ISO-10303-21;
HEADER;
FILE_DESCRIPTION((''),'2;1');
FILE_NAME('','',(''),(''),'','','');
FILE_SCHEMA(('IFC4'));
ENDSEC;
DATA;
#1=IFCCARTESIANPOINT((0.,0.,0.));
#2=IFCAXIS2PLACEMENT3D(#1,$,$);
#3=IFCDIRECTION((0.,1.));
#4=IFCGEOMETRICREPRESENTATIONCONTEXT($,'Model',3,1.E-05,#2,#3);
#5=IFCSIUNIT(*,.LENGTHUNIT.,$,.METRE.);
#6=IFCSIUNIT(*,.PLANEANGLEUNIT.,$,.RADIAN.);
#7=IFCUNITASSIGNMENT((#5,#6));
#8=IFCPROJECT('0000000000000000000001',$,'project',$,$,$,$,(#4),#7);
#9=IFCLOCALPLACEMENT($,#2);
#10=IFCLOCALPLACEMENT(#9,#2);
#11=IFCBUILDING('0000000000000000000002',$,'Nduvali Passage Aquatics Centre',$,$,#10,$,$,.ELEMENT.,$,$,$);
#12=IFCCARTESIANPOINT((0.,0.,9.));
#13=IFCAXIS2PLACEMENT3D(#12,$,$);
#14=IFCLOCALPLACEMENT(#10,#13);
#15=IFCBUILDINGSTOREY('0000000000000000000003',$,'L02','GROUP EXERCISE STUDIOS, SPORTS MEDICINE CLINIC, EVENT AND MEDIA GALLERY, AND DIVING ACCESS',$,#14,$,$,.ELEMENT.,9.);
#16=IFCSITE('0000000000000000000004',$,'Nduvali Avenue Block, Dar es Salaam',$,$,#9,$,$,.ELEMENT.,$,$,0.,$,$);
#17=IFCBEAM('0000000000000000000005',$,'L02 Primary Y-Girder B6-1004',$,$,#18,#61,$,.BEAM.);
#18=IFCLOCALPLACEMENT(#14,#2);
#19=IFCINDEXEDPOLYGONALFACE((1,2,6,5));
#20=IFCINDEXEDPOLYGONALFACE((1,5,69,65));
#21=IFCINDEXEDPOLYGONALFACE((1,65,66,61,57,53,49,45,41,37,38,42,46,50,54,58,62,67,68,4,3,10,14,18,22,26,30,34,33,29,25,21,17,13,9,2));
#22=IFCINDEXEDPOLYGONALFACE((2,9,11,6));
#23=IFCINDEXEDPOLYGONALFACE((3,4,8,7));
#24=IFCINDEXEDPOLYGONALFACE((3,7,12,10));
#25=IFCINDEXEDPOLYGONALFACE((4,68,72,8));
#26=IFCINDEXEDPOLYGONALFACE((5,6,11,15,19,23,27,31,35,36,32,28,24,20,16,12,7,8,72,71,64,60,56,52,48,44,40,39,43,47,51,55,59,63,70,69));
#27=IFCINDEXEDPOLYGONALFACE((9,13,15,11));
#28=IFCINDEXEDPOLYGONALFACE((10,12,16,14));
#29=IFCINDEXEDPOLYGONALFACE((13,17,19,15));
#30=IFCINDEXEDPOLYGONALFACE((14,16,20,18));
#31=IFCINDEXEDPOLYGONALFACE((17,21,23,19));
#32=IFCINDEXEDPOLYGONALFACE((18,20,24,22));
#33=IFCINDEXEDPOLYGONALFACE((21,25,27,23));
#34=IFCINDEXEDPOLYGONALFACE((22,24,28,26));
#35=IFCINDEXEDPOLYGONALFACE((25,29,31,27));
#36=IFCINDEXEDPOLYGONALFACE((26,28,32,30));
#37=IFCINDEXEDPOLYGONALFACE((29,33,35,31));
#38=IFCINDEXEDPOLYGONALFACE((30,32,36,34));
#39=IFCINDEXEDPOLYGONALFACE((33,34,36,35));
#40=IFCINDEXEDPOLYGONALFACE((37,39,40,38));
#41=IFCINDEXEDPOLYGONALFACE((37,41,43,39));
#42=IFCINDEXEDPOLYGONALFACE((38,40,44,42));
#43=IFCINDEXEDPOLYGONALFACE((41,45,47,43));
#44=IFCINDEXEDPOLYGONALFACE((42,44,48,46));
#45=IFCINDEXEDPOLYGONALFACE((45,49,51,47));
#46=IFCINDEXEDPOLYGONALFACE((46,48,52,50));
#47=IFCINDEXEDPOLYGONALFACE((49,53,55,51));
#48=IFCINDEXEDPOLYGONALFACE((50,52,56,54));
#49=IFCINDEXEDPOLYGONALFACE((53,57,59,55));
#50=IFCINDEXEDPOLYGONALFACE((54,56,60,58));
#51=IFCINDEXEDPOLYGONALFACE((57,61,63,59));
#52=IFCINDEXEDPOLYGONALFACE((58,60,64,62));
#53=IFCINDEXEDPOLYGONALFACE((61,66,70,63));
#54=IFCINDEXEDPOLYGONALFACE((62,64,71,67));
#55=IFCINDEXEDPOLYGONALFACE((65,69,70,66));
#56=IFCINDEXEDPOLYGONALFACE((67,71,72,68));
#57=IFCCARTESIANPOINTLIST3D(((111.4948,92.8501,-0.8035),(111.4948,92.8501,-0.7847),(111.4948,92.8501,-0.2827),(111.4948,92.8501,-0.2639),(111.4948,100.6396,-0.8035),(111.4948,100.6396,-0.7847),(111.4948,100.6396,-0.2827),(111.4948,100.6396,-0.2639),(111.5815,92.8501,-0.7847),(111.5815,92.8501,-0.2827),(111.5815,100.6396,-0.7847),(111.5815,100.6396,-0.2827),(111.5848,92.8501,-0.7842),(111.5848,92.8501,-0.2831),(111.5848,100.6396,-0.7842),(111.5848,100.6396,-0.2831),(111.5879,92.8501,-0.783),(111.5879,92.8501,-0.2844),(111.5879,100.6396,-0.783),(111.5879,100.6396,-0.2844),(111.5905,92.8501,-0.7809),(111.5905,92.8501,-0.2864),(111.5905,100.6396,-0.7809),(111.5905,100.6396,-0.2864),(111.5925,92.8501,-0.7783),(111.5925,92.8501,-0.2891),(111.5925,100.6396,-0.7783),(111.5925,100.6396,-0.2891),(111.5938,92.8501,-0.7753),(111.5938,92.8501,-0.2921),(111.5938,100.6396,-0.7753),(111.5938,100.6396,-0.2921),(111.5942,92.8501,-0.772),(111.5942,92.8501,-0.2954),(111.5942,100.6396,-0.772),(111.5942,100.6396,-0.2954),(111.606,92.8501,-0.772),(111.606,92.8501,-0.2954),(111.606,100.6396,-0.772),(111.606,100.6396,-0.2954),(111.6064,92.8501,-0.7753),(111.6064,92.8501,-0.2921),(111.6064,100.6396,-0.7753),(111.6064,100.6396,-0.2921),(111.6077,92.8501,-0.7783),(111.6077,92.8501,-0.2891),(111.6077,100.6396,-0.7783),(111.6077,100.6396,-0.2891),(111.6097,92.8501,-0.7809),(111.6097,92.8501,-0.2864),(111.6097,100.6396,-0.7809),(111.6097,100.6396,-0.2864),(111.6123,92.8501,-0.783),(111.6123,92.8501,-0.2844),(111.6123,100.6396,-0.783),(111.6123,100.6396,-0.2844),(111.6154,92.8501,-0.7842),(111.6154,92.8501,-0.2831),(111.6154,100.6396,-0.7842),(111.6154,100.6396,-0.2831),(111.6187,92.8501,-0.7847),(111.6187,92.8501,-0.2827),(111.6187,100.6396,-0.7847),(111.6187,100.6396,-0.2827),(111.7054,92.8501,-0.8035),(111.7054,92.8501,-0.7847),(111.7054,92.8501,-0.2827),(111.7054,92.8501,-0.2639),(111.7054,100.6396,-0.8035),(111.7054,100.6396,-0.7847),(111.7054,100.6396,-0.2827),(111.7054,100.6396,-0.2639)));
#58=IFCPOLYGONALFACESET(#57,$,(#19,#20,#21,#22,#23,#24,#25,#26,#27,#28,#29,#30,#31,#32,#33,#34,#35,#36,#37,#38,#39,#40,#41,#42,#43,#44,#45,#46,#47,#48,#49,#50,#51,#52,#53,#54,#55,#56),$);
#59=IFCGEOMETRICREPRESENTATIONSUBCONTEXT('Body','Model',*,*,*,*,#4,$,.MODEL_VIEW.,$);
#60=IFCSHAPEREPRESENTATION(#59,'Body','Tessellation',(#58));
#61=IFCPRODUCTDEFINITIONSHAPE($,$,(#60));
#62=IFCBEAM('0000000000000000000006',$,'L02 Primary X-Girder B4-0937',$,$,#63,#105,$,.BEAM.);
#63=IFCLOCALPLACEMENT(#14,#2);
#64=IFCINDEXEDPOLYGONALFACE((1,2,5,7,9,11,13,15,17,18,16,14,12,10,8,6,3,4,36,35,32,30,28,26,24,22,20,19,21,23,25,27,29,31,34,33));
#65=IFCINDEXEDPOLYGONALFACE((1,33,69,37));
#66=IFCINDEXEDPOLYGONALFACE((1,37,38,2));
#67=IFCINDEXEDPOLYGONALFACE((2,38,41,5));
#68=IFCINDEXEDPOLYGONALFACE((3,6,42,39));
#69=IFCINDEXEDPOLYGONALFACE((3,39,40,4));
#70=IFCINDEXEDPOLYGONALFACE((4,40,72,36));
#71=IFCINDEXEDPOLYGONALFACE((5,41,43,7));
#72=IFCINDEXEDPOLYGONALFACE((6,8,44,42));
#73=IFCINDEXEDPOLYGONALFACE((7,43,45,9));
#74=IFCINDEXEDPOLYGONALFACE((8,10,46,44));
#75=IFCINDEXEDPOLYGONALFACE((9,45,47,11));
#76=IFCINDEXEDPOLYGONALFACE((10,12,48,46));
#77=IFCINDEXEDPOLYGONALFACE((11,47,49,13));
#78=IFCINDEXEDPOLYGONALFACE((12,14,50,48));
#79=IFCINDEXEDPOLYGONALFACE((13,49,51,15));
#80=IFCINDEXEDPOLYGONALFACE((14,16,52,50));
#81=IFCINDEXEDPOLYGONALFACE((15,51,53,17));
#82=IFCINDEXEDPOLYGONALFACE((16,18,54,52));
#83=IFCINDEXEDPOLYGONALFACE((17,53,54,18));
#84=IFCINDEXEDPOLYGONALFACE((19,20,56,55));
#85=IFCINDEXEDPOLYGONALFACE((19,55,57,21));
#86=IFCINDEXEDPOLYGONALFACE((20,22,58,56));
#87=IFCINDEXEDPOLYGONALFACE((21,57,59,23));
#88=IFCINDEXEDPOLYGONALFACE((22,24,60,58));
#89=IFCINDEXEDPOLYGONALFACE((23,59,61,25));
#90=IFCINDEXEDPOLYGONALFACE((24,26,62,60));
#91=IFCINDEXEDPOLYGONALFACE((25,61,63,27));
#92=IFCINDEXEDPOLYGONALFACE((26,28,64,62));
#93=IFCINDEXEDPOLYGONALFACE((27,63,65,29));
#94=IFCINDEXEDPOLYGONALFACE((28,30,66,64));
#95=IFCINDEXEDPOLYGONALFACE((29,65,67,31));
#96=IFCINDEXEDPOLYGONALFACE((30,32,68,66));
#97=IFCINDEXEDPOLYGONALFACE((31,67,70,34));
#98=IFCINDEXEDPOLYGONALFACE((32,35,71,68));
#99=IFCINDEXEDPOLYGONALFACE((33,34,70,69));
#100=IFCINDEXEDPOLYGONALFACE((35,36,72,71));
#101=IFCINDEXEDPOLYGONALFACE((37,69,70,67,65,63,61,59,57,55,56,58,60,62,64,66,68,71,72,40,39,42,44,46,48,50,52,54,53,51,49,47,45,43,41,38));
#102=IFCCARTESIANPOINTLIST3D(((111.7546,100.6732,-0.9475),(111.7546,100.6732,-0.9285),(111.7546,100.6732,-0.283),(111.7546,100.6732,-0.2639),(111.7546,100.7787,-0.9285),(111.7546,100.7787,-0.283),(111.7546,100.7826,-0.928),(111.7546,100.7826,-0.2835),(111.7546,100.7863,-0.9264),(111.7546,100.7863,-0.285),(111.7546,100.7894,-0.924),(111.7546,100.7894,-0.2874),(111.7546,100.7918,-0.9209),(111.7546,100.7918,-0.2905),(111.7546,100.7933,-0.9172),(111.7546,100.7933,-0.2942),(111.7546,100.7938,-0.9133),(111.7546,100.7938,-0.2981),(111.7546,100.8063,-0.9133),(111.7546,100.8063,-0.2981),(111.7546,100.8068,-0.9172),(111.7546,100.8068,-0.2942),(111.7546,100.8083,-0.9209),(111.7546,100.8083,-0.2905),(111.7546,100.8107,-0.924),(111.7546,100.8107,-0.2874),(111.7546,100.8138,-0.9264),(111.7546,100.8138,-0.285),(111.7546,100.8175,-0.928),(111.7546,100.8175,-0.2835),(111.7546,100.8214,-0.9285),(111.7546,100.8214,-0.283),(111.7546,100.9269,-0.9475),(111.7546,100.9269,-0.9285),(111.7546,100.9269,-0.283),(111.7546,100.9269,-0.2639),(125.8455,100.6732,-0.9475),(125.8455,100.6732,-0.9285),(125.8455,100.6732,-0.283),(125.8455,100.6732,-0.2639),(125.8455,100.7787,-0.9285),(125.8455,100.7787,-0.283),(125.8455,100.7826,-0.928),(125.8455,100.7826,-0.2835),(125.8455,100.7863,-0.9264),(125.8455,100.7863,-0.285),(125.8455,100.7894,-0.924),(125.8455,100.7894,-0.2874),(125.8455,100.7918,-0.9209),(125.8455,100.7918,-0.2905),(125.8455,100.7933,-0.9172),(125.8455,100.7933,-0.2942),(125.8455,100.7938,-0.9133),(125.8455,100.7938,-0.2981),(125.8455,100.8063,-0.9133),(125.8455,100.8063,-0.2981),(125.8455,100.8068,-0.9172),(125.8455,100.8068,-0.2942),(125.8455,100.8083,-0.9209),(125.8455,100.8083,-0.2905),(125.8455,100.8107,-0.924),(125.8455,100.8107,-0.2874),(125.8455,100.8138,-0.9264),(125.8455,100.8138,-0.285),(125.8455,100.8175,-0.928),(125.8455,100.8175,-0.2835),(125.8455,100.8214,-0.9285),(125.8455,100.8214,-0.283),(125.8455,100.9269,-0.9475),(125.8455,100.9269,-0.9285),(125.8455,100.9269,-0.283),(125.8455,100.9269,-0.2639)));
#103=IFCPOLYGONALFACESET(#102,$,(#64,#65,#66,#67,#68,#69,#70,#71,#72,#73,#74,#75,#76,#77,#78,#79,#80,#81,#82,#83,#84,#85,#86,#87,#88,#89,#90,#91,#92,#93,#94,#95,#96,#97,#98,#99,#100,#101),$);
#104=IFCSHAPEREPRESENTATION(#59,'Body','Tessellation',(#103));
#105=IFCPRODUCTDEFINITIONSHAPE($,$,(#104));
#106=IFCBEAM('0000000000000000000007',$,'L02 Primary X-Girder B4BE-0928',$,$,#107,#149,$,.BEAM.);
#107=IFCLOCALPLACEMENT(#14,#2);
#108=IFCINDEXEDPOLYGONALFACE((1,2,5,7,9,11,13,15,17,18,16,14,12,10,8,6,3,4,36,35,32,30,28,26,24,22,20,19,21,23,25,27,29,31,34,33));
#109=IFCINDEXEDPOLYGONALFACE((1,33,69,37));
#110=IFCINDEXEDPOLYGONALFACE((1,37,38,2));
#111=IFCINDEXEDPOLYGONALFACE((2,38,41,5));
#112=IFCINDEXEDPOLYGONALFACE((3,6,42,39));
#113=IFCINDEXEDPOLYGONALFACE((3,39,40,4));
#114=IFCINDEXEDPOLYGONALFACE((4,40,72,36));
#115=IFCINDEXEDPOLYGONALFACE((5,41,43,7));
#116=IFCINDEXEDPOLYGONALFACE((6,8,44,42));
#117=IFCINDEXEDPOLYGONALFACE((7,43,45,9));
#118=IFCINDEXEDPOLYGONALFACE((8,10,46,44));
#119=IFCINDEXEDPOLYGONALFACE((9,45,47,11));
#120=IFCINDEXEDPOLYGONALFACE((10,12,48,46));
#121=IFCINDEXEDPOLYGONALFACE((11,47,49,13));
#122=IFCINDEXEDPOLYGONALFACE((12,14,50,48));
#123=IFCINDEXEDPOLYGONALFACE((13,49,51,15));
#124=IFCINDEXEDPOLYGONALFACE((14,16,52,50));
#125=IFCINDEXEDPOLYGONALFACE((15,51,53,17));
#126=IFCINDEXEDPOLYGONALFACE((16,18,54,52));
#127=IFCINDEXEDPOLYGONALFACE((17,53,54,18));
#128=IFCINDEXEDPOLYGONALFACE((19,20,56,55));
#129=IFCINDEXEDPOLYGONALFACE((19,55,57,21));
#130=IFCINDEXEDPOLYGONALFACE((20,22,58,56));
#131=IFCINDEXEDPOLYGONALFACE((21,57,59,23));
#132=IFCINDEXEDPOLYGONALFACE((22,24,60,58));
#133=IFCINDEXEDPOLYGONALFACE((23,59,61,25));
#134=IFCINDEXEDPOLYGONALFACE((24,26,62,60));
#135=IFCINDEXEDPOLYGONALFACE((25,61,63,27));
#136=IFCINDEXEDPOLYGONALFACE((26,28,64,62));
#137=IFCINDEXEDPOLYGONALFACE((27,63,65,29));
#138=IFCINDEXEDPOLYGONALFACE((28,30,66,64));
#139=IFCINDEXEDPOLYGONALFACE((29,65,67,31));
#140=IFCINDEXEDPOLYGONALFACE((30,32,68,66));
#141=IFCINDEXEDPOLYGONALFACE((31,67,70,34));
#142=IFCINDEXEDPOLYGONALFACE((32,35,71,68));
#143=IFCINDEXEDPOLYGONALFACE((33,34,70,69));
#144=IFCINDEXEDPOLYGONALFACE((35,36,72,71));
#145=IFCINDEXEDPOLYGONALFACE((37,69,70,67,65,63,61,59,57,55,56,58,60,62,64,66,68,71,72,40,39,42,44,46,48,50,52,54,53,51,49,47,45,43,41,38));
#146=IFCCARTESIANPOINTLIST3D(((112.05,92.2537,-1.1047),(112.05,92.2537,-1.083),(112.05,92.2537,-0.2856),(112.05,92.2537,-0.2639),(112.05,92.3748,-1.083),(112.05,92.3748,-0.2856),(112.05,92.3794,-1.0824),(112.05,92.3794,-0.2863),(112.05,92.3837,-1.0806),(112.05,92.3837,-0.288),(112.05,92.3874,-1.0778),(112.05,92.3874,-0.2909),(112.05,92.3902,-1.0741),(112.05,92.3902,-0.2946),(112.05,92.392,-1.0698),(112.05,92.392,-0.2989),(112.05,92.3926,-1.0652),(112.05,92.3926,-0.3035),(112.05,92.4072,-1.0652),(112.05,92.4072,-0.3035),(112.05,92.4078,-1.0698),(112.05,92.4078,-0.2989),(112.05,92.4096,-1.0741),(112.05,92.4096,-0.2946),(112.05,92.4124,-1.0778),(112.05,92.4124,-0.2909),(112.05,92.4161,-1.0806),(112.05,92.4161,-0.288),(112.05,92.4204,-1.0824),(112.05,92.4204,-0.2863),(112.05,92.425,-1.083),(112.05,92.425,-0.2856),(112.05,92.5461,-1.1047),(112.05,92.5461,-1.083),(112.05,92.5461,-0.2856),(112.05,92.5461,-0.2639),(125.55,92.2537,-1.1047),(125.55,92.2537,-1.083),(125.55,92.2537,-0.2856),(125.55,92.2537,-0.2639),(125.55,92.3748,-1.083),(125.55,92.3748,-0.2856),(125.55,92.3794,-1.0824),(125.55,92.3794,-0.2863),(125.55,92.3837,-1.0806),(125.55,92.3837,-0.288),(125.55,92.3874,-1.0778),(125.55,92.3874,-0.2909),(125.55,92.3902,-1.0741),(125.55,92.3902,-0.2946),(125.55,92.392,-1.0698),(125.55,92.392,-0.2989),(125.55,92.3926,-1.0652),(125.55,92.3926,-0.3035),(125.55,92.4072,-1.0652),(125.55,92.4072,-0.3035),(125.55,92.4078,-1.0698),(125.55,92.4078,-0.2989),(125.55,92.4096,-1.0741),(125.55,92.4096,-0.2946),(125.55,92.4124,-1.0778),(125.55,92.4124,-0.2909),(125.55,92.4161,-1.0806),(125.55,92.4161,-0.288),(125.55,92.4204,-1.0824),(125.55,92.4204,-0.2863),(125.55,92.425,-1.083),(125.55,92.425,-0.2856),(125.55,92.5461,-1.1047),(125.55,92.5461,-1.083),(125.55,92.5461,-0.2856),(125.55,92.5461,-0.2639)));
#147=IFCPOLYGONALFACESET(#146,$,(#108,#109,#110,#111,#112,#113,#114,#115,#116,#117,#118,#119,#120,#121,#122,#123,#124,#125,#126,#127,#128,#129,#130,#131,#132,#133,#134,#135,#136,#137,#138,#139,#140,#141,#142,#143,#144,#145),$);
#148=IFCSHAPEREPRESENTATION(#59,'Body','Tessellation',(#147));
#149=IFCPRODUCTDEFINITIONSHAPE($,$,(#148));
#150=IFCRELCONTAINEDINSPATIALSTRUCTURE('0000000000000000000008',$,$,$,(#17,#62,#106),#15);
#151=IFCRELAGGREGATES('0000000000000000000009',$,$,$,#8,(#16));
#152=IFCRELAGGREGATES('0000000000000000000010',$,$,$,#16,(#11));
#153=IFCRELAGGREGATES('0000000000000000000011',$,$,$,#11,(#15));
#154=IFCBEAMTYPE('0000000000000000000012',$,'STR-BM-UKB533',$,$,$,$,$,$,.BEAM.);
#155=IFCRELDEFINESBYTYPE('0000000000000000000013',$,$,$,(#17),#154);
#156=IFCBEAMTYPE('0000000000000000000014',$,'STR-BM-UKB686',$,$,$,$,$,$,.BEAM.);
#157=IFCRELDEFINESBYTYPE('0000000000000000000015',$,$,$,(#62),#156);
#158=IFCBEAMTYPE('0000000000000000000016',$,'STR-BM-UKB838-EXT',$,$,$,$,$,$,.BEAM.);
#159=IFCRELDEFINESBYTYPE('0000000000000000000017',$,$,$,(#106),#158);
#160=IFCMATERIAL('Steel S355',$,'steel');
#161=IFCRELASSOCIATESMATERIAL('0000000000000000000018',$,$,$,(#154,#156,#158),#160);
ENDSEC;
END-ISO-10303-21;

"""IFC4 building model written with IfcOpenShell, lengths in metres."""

from ifc_helpers import new_model, si_unit, direction, frame, origin, origin_2d, place, context, subcontext, project, spatial, i_section, extrude, material, material_profile, profile_set, type_object, element, save


model = new_model("IFC4")

# Units and contexts
model_context = context("Model", 3, precision=1e-05, world=origin(), true_north=direction((0.0, 1.0)))
body_context = subcontext(model_context, "Body", "Model", "MODEL_VIEW")
ifc_project = project(units=[si_unit("LENGTHUNIT", "METRE"), si_unit("PLANEANGLEUNIT", "RADIAN")], contexts=[model_context])

# Site, building, storey
site_placement = place(None, origin())
site = spatial("IfcSite", under=ifc_project, at=site_placement, Name="Nduvali Avenue Block, Dar es Salaam", CompositionType="ELEMENT", RefElevation=0.0)
building_placement = place(site_placement, origin())
building = spatial("IfcBuilding", under=site, at=building_placement, Name="Nduvali Passage Aquatics Centre", CompositionType="ELEMENT")
storey_placement = place(building_placement, frame((0.0, 0.0, 9.0)))
storey = spatial("IfcBuildingStorey", under=building, at=storey_placement, Name="L02", Description="GROUP EXERCISE STUDIOS, SPORTS MEDICINE CLINIC, EVENT AND MEDIA GALLERY, AND DIVING ACCESS", CompositionType="ELEMENT", Elevation=9.0)

# Shared definitions
ifc_material_1 = material(Name="Steel S355", Category="steel")

# Beams
ifc_material_profile_1 = material_profile(ifc_material_1, i_section(OverallWidth=0.2107, OverallDepth=0.5396, WebThickness=0.0117, FlangeThickness=0.0188, FilletRadius=0.0127, at=origin_2d()), Name="UKB 533x210x109")
ifc_profile_set_1 = profile_set([ifc_material_profile_1], Name="Steel S355")
beam_type_1 = type_object("IfcBeamType", Name="STR-BM-UKB533", PredefinedType="BEAM", material=ifc_profile_set_1)
beam_1_placement = place(storey_placement, frame((111.6001, 92.8501, -0.5337), z_axis=(0.0, 1.0, 0.0), x_axis=(-1.0, 0.0, 0.0)))
element("IfcBeam", 1, at=beam_1_placement, inside=storey, type_object=beam_type_1, Name="L02 Primary Y-Girder B6-1004", PredefinedType="BEAM", context=body_context, shape_type="SweptSolid", body=[
    extrude(i_section(OverallWidth=0.2107, OverallDepth=0.5396, WebThickness=0.0117, FlangeThickness=0.0188, FilletRadius=0.0127, at=origin_2d()), origin(), (0.0, 0.0, 1.0), 7.7896),
])
ifc_material_profile_2 = material_profile(ifc_material_1, i_section(OverallWidth=0.2537, OverallDepth=0.6836, WebThickness=0.0125, FlangeThickness=0.019, FilletRadius=0.0151, at=origin_2d()), Name="UKB 686x254x140")
ifc_profile_set_2 = profile_set([ifc_material_profile_2], Name="Steel S355")
beam_type_2 = type_object("IfcBeamType", Name="STR-BM-UKB686", PredefinedType="BEAM", material=ifc_profile_set_2)
beam_2_placement = place(storey_placement, frame((111.7546, 100.8, -0.6057), z_axis=(1.0, 0.0, 0.0), x_axis=(0.0, 1.0, 0.0)))
element("IfcBeam", 2, at=beam_2_placement, inside=storey, type_object=beam_type_2, Name="L02 Primary X-Girder B4-0937", PredefinedType="BEAM", context=body_context, shape_type="SweptSolid", body=[
    extrude(i_section(OverallWidth=0.2537, OverallDepth=0.6836, WebThickness=0.0125, FlangeThickness=0.019, FilletRadius=0.0151, at=origin_2d()), origin(), (0.0, 0.0, 1.0), 14.0908),
])
ifc_material_profile_3 = material_profile(ifc_material_1, i_section(OverallWidth=0.2925, OverallDepth=0.8408, WebThickness=0.0146, FlangeThickness=0.0217, FilletRadius=0.0178, at=origin_2d()), Name="UKB 838x292x194")
ifc_profile_set_3 = profile_set([ifc_material_profile_3], Name="Steel S355")
beam_type_3 = type_object("IfcBeamType", Name="STR-BM-UKB838-EXT", PredefinedType="BEAM", material=ifc_profile_set_3)
beam_3_placement = place(storey_placement, frame((112.05, 92.3999, -0.6843), z_axis=(1.0, 0.0, 0.0), x_axis=(0.0, 1.0, 0.0)))
element("IfcBeam", 3, at=beam_3_placement, inside=storey, type_object=beam_type_3, Name="L02 Primary X-Girder B4BE-0928", PredefinedType="BEAM", context=body_context, shape_type="SweptSolid", body=[
    extrude(i_section(OverallWidth=0.2925, OverallDepth=0.8408, WebThickness=0.0146, FlangeThickness=0.0217, FilletRadius=0.0178, at=origin_2d()), origin(), (0.0, 0.0, 1.0), 13.5),
])

save(model, "model.ifc")
